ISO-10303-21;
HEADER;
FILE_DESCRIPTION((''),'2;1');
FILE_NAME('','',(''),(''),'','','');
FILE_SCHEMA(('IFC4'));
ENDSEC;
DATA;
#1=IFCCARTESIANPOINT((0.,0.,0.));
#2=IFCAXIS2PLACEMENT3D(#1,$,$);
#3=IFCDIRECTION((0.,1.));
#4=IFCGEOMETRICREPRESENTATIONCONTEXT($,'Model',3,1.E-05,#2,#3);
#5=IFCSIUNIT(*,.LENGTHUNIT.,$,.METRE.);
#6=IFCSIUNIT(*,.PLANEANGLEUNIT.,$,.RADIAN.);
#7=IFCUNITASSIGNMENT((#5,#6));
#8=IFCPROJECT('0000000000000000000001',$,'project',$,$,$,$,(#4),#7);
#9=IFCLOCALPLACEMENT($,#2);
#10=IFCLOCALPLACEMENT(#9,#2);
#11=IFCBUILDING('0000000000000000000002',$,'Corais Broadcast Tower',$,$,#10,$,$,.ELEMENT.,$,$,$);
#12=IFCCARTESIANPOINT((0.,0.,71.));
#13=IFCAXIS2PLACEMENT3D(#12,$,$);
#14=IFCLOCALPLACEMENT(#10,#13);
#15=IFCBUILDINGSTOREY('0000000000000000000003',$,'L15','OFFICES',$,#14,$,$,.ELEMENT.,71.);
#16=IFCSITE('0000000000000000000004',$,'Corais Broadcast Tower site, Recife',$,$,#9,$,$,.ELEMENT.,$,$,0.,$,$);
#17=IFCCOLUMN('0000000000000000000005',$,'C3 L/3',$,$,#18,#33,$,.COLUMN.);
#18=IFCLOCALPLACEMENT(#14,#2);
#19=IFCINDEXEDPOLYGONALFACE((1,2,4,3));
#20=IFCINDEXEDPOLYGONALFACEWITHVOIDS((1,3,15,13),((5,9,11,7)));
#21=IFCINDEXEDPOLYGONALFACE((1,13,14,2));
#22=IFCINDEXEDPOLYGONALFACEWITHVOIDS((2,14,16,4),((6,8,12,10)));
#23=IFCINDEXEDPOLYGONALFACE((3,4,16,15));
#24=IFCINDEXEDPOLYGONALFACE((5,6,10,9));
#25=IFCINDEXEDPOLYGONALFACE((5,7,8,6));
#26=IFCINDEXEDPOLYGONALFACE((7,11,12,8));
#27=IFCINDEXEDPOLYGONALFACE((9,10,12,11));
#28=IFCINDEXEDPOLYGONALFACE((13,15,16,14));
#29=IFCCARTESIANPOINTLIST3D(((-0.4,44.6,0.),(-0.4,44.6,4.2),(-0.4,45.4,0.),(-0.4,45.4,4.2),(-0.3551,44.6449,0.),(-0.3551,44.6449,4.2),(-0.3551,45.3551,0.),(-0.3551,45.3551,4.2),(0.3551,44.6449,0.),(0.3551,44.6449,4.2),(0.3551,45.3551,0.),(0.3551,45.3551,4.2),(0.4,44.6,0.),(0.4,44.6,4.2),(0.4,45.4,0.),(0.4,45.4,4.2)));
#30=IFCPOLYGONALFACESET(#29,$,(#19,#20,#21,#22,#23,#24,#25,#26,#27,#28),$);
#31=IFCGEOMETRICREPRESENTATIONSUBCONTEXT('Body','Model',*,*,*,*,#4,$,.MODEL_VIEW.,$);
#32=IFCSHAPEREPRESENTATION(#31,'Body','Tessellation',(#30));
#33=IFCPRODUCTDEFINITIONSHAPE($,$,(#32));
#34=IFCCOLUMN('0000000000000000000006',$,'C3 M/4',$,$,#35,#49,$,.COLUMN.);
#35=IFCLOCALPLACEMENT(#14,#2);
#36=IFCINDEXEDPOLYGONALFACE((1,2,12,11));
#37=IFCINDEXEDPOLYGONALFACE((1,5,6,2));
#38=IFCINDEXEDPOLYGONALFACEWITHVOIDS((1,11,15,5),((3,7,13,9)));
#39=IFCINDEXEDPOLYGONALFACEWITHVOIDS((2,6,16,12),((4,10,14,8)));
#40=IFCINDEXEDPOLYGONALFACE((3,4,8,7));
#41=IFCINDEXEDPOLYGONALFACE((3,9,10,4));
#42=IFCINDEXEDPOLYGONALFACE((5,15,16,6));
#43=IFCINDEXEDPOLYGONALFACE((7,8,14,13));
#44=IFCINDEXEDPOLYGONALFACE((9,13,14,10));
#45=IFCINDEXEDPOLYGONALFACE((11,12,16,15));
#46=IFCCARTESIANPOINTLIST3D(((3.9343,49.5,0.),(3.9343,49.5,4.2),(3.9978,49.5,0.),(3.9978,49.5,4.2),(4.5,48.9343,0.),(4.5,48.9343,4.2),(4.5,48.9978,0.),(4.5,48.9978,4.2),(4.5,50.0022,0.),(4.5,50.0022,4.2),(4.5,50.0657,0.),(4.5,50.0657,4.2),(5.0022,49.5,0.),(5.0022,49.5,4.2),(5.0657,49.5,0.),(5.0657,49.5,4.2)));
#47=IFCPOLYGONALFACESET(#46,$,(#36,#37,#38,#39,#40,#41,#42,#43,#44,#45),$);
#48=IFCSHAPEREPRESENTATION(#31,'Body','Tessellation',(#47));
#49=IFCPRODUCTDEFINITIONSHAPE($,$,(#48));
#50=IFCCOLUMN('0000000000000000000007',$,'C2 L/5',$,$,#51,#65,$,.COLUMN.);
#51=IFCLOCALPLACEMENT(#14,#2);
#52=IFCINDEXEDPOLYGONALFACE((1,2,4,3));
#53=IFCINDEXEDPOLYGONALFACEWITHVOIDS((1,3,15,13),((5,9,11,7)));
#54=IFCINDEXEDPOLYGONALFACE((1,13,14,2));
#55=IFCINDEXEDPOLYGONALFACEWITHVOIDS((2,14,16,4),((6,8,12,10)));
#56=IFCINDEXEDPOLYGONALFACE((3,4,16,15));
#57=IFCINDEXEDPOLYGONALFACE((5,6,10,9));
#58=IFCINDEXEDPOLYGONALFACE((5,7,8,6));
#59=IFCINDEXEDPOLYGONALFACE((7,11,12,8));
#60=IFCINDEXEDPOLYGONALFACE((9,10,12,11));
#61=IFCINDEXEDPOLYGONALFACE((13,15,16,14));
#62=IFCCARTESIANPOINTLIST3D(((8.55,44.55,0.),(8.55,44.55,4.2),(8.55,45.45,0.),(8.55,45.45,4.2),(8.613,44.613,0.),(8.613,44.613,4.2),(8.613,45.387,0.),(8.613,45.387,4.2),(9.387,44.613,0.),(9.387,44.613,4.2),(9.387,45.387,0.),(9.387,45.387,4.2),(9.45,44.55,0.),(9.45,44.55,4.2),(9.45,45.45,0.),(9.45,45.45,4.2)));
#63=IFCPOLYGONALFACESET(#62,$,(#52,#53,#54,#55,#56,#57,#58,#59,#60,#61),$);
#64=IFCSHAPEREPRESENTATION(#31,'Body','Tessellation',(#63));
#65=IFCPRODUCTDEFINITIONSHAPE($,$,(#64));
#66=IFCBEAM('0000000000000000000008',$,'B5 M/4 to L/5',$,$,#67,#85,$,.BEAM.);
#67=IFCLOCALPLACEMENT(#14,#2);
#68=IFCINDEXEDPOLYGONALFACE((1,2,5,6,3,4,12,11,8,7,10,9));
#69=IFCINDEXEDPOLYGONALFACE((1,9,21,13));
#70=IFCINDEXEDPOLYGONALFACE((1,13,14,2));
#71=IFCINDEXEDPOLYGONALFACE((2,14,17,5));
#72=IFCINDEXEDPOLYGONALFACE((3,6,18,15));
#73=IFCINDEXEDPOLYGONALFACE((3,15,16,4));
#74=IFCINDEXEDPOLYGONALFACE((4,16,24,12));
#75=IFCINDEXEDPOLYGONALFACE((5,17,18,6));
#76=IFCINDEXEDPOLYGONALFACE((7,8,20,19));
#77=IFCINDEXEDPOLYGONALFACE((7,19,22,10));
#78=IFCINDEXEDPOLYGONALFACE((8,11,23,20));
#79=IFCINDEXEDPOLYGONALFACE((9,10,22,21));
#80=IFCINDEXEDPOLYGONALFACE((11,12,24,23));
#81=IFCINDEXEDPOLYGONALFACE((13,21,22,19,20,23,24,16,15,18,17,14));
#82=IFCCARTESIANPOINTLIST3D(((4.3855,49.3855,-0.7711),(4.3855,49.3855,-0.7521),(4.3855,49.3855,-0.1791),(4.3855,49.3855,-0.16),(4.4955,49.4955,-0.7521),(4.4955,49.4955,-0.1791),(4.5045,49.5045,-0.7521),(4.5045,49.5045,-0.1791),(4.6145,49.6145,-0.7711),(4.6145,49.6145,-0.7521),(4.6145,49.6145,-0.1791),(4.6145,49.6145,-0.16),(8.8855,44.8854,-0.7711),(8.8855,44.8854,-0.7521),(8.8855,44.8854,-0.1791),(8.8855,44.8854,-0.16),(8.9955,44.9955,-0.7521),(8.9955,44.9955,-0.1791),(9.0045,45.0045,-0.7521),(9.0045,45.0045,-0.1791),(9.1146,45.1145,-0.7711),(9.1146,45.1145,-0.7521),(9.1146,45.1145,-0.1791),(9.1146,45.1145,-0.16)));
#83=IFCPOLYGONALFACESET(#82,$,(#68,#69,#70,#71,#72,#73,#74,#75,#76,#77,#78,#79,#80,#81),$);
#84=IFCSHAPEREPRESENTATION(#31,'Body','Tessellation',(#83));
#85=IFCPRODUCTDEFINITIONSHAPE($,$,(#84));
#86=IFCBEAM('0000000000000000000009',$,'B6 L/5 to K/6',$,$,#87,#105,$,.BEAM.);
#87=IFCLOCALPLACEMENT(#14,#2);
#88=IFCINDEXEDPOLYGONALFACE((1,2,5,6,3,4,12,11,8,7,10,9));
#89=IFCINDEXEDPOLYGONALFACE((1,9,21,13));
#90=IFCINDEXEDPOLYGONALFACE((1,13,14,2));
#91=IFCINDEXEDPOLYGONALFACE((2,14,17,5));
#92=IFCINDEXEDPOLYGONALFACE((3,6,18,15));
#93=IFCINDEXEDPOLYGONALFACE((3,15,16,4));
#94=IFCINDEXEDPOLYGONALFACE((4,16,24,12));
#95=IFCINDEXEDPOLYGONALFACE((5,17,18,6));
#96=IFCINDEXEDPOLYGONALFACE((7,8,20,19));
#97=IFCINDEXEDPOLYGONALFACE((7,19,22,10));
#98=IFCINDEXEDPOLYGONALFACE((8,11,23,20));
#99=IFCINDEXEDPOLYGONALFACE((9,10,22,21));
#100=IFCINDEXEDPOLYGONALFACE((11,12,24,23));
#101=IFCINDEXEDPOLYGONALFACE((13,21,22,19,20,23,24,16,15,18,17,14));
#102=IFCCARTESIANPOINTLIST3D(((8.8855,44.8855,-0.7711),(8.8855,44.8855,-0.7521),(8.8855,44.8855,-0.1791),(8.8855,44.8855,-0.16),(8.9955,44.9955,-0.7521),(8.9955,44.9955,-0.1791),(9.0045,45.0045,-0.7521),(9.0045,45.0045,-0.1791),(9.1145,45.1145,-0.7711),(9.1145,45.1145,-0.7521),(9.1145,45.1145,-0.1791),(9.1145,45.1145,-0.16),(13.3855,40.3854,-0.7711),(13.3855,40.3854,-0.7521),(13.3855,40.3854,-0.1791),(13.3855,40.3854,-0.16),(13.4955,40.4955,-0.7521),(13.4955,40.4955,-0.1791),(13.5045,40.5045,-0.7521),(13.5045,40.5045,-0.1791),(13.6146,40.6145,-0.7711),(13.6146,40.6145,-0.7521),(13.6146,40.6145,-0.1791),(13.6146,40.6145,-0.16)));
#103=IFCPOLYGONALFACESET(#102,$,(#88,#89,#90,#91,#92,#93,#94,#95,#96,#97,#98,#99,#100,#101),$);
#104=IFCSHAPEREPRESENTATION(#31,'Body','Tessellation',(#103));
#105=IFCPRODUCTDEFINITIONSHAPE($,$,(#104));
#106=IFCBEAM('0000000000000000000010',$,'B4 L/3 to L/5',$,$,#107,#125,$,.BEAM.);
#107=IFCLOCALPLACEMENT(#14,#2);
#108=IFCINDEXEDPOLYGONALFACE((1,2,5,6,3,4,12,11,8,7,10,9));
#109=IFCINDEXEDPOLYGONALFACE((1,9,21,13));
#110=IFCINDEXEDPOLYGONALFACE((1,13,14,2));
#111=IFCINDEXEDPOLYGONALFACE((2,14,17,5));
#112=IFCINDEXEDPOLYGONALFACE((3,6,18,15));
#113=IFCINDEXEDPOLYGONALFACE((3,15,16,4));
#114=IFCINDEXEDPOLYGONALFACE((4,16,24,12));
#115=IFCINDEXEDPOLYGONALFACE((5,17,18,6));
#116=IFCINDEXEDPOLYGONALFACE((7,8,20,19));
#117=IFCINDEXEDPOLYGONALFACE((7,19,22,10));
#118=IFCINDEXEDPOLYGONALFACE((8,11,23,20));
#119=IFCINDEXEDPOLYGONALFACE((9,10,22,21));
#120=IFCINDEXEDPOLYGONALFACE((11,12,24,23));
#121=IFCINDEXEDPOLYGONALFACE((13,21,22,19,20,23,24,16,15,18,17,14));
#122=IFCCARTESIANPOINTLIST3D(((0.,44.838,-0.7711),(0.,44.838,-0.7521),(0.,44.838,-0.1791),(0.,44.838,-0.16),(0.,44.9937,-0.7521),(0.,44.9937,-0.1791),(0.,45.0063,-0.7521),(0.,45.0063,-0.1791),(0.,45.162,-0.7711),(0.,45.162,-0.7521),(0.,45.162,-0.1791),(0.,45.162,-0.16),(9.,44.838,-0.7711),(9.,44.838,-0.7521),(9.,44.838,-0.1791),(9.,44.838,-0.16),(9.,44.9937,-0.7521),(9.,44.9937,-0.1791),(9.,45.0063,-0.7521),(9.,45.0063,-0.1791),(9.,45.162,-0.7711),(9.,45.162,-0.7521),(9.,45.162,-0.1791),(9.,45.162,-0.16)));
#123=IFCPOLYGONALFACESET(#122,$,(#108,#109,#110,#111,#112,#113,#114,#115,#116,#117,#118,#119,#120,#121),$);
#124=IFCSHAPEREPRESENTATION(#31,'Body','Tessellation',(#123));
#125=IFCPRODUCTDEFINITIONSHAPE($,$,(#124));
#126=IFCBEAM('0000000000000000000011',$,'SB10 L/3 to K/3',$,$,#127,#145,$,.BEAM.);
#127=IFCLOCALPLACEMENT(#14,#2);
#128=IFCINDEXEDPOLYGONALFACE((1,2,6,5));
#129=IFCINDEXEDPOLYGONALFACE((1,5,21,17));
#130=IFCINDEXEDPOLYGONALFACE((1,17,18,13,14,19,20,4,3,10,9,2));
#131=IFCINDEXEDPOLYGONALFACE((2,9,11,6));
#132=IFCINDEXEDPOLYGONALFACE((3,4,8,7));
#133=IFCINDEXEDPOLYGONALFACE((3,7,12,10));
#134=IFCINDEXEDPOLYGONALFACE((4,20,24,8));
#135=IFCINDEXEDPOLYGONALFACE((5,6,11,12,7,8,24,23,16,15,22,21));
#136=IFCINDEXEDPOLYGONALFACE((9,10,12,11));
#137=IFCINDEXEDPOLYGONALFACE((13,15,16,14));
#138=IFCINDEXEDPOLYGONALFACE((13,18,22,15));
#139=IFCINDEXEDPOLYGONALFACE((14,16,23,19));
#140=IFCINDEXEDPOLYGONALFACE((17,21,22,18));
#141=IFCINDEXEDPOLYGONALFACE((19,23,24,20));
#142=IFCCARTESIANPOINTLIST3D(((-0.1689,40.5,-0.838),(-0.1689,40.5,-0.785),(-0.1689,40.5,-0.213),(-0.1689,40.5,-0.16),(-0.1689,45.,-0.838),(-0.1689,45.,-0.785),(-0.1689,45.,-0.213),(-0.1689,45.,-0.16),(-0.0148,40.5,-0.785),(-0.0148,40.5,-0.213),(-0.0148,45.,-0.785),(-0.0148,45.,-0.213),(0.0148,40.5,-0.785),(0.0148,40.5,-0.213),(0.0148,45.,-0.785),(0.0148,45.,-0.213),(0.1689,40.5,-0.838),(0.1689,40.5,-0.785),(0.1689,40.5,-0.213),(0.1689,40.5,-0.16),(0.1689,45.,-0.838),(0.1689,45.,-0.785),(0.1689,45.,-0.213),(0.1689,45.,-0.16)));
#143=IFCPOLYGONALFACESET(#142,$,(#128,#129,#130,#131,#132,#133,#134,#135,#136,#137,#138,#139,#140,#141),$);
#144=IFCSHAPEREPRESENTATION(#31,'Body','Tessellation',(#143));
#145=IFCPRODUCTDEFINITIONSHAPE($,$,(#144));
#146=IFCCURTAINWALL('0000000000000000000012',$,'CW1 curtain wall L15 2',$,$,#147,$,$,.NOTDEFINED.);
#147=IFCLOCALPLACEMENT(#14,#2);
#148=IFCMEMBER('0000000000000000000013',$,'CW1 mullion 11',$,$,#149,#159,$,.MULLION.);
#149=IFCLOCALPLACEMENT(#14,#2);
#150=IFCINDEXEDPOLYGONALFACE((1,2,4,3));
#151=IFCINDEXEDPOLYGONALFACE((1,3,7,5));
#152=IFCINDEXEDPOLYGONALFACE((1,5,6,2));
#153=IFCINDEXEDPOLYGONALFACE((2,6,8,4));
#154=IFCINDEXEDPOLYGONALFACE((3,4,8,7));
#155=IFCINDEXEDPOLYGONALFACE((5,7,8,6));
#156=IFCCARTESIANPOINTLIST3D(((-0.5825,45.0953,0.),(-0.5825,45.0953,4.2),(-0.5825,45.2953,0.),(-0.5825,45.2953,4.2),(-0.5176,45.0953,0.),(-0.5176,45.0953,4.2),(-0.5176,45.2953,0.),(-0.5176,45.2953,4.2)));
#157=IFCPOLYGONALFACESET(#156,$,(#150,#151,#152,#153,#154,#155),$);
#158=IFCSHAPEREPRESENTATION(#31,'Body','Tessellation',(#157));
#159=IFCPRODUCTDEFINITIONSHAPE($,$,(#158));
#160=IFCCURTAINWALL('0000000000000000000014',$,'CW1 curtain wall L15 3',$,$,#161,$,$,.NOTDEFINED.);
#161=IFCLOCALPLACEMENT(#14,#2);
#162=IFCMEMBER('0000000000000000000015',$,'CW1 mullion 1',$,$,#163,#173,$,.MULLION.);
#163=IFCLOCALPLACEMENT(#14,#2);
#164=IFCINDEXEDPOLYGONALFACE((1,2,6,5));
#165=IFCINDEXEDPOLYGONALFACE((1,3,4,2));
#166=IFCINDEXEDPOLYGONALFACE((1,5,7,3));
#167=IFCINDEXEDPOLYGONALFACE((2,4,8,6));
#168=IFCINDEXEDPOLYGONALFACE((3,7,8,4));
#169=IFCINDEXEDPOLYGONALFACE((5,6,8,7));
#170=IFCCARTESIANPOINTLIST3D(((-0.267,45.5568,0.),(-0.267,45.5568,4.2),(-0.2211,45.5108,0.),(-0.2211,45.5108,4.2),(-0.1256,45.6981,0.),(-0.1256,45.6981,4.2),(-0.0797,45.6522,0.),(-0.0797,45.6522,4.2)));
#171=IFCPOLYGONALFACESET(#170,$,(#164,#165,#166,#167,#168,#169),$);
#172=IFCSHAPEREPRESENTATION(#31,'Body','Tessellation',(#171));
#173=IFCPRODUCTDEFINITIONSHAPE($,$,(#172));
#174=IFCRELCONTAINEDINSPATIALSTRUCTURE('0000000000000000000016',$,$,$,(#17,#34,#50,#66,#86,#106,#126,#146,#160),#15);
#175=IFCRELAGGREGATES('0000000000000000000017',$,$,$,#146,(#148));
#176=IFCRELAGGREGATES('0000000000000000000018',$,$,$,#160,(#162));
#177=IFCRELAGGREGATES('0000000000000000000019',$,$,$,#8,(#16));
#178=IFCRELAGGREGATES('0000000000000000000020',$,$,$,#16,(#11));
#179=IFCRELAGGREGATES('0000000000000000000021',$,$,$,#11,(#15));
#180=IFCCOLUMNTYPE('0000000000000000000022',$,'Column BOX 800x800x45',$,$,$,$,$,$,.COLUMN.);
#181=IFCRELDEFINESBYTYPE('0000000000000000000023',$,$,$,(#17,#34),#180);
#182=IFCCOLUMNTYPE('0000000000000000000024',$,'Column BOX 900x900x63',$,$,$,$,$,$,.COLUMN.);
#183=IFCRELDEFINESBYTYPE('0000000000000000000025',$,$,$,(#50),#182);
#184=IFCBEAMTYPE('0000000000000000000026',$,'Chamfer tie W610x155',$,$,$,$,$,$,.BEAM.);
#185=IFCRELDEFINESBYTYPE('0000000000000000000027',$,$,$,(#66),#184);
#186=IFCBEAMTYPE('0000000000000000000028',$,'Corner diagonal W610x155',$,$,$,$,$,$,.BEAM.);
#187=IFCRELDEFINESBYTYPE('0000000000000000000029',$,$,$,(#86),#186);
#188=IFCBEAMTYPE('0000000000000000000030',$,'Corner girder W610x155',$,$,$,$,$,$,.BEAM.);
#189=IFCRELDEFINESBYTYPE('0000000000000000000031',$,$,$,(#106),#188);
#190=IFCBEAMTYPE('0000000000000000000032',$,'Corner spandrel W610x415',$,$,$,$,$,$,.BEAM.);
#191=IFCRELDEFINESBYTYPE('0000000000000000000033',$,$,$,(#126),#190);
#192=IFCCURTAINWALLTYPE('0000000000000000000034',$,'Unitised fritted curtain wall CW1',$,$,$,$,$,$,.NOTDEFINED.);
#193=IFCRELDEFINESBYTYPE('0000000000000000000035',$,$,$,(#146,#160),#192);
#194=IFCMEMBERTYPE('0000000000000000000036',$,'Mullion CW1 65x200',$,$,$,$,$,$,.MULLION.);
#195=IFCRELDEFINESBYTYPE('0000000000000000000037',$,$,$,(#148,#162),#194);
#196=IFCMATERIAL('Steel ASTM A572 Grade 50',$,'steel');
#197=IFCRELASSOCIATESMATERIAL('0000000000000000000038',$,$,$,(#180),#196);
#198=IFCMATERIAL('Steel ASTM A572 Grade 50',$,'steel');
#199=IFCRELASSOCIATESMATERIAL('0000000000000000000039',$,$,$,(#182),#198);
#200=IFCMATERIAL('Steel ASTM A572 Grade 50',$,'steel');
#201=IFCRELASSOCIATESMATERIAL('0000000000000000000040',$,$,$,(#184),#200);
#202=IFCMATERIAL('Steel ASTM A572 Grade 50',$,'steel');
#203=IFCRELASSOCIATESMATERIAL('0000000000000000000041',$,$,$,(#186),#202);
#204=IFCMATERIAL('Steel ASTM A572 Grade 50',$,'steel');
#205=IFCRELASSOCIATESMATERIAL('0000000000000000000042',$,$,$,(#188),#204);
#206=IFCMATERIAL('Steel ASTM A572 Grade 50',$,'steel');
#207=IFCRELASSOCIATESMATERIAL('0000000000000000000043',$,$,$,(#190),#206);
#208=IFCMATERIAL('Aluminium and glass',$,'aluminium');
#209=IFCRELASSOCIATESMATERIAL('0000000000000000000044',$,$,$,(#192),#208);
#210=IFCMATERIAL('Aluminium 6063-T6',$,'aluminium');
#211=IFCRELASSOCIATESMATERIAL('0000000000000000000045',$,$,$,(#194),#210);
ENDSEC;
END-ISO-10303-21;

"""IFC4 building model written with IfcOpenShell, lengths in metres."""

from ifc_helpers import new_model, si_unit, direction, frame, origin, origin_2d, place, context, subcontext, project, spatial, rectangle, hollow_rectangle, i_section, extrude, material, material_profile, profile_set, type_object, element, aggregate, save


model = new_model("IFC4")

# Units and contexts
model_context = context("Model", 3, precision=1e-05, world=origin(), true_north=direction((0.0, 1.0)))
body_context = subcontext(model_context, "Body", "Model", "MODEL_VIEW")
ifc_project = project(units=[si_unit("LENGTHUNIT", "METRE"), si_unit("PLANEANGLEUNIT", "RADIAN")], contexts=[model_context])

# Site, building, storey
site_placement = place(None, origin())
site = spatial("IfcSite", under=ifc_project, at=site_placement, Name="Corais Broadcast Tower site, Recife", CompositionType="ELEMENT", RefElevation=0.0)
building_placement = place(site_placement, origin())
building = spatial("IfcBuilding", under=site, at=building_placement, Name="Corais Broadcast Tower", CompositionType="ELEMENT")
storey_placement = place(building_placement, frame((0.0, 0.0, 71.0)))
storey = spatial("IfcBuildingStorey", under=building, at=storey_placement, Name="L15", Description="OFFICES", CompositionType="ELEMENT", Elevation=71.0)

# Columns
ifc_material_1 = material(Name="Steel ASTM A572 Grade 50", Category="steel")
ifc_material_profile_1 = material_profile(ifc_material_1, hollow_rectangle(XDim=0.8, YDim=0.8, WallThickness=0.0449, at=origin_2d()), Name="BOX 800x800x45")
ifc_profile_set_1 = profile_set([ifc_material_profile_1], Name="Steel ASTM A572 Grade 50")
column_type_1 = type_object("IfcColumnType", Name="Column BOX 800x800x45", PredefinedType="COLUMN", material=ifc_profile_set_1)
for number, where, z_axis, x_axis, name in (
    (1, (0.0, 45.0, 0.0), (0.0, 0.0, 1.0), (1.0, 0.0, 0.0), "C3 L/3"),
    (2, (4.5, 49.5, 0.0), (0.0, 0.0, 1.0), (0.707107, 0.707107, 0.0), "C3 M/4"),
):
    element("IfcColumn", number, at=place(storey_placement, frame(where, z_axis=z_axis, x_axis=x_axis)), inside=storey, type_object=column_type_1, Name=name, PredefinedType="COLUMN", context=body_context, shape_type="SweptSolid", body=[
        extrude(hollow_rectangle(XDim=0.8, YDim=0.8, WallThickness=0.0449, at=origin_2d()), origin(), (0.0, 0.0, 1.0), 4.2),
    ])
ifc_material_2 = material(Name="Steel ASTM A572 Grade 50", Category="steel")
ifc_material_profile_2 = material_profile(ifc_material_2, hollow_rectangle(XDim=0.8999, YDim=0.8999, WallThickness=0.063, at=origin_2d()), Name="BOX 900x900x63")
ifc_profile_set_2 = profile_set([ifc_material_profile_2], Name="Steel ASTM A572 Grade 50")
column_type_2 = type_object("IfcColumnType", Name="Column BOX 900x900x63", PredefinedType="COLUMN", material=ifc_profile_set_2)
column_placement = place(storey_placement, frame((9.0, 45.0, 0.0), z_axis=(0.0, 0.0, 1.0), x_axis=(1.0, 0.0, 0.0)))
element("IfcColumn", 3, at=column_placement, inside=storey, type_object=column_type_2, Name="C2 L/5", PredefinedType="COLUMN", context=body_context, shape_type="SweptSolid", body=[
    extrude(hollow_rectangle(XDim=0.8999, YDim=0.8999, WallThickness=0.063, at=origin_2d()), origin(), (0.0, 0.0, 1.0), 4.2),
])

# Beams
ifc_material_3 = material(Name="Steel ASTM A572 Grade 50", Category="steel")
ifc_material_profile_3 = material_profile(ifc_material_3, i_section(OverallWidth=0.324, OverallDepth=0.6111, WebThickness=0.0127, FlangeThickness=0.019, at=origin_2d()), Name="W610x155")
ifc_profile_set_3 = profile_set([ifc_material_profile_3], Name="Steel ASTM A572 Grade 50")
beam_type_1 = type_object("IfcBeamType", Name="Chamfer tie W610x155", PredefinedType="BEAM", material=ifc_profile_set_3)
beam_1_placement = place(storey_placement, frame((4.5, 49.5, -0.4656), z_axis=(0.707107, -0.707107, 0.0), x_axis=(0.707107, 0.707107, 0.0)))
element("IfcBeam", 4, at=beam_1_placement, inside=storey, type_object=beam_type_1, Name="B5 M/4 to L/5", PredefinedType="BEAM", context=body_context, shape_type="SweptSolid", body=[
    extrude(i_section(OverallWidth=0.324, OverallDepth=0.6111, WebThickness=0.0127, FlangeThickness=0.019, at=origin_2d()), origin(), (0.0, 0.0, 1.0), 6.364),
])
ifc_material_4 = material(Name="Steel ASTM A572 Grade 50", Category="steel")
ifc_material_profile_4 = material_profile(ifc_material_4, i_section(OverallWidth=0.324, OverallDepth=0.6111, WebThickness=0.0127, FlangeThickness=0.019, at=origin_2d()), Name="W610x155")
ifc_profile_set_4 = profile_set([ifc_material_profile_4], Name="Steel ASTM A572 Grade 50")
beam_type_2 = type_object("IfcBeamType", Name="Corner diagonal W610x155", PredefinedType="BEAM", material=ifc_profile_set_4)
beam_2_placement = place(storey_placement, frame((9.0, 45.0, -0.4656), z_axis=(0.707107, -0.707107, 0.0), x_axis=(0.707107, 0.707107, 0.0)))
element("IfcBeam", 5, at=beam_2_placement, inside=storey, type_object=beam_type_2, Name="B6 L/5 to K/6", PredefinedType="BEAM", context=body_context, shape_type="SweptSolid", body=[
    extrude(i_section(OverallWidth=0.324, OverallDepth=0.6111, WebThickness=0.0127, FlangeThickness=0.019, at=origin_2d()), origin(), (0.0, 0.0, 1.0), 6.364),
])
ifc_material_5 = material(Name="Steel ASTM A572 Grade 50", Category="steel")
ifc_material_profile_5 = material_profile(ifc_material_5, i_section(OverallWidth=0.324, OverallDepth=0.6111, WebThickness=0.0127, FlangeThickness=0.019, at=origin_2d()), Name="W610x155")
ifc_profile_set_5 = profile_set([ifc_material_profile_5], Name="Steel ASTM A572 Grade 50")
beam_type_3 = type_object("IfcBeamType", Name="Corner girder W610x155", PredefinedType="BEAM", material=ifc_profile_set_5)
beam_3_placement = place(storey_placement, frame((0.0, 45.0, -0.4656), z_axis=(1.0, 0.0, 0.0), x_axis=(0.0, 1.0, 0.0)))
element("IfcBeam", 6, at=beam_3_placement, inside=storey, type_object=beam_type_3, Name="B4 L/3 to L/5", PredefinedType="BEAM", context=body_context, shape_type="SweptSolid", body=[
    extrude(i_section(OverallWidth=0.324, OverallDepth=0.6111, WebThickness=0.0127, FlangeThickness=0.019, at=origin_2d()), origin(), (0.0, 0.0, 1.0), 9.0),
])
ifc_material_6 = material(Name="Steel ASTM A572 Grade 50", Category="steel")
ifc_material_profile_6 = material_profile(ifc_material_6, i_section(OverallWidth=0.3379, OverallDepth=0.678, WebThickness=0.0295, FlangeThickness=0.053, at=origin_2d()), Name="W610x415")
ifc_profile_set_6 = profile_set([ifc_material_profile_6], Name="Steel ASTM A572 Grade 50")
beam_type_4 = type_object("IfcBeamType", Name="Corner spandrel W610x415", PredefinedType="BEAM", material=ifc_profile_set_6)
beam_4_placement = place(storey_placement, frame((0.0, 45.0, -0.499), z_axis=(0.0, -1.0, 0.0), x_axis=(1.0, 0.0, 0.0)))
element("IfcBeam", 7, at=beam_4_placement, inside=storey, type_object=beam_type_4, Name="SB10 L/3 to K/3", PredefinedType="BEAM", context=body_context, shape_type="SweptSolid", body=[
    extrude(i_section(OverallWidth=0.3379, OverallDepth=0.678, WebThickness=0.0295, FlangeThickness=0.053, at=origin_2d()), origin(), (0.0, 0.0, 1.0), 4.5),
])

# Curtain wall, member
ifc_material_7 = material(Name="Aluminium and glass", Category="aluminium")
curtain_wall_type = type_object("IfcCurtainWallType", Name="Unitised fritted curtain wall CW1", PredefinedType="NOTDEFINED", material=ifc_material_7)
curtain_wall_1_placement = place(storey_placement, origin())
curtain_wall_1 = element("IfcCurtainWall", 8, at=curtain_wall_1_placement, inside=storey, type_object=curtain_wall_type, Name="CW1 curtain wall L15 2", PredefinedType="NOTDEFINED")
ifc_material_8 = material(Name="Aluminium 6063-T6", Category="aluminium")
ifc_material_profile_7 = material_profile(ifc_material_8, rectangle(XDim=0.0649, YDim=0.2, at=origin_2d()), Name="Mullion CW1 65x200")
ifc_profile_set_7 = profile_set([ifc_material_profile_7], Name="Aluminium 6063-T6")
member_type_1 = type_object("IfcMemberType", Name="Mullion CW1 65x200", PredefinedType="MULLION", material=ifc_profile_set_7)
member_1_placement = place(storey_placement, frame((-0.55, 45.1953, 0.0), z_axis=(0.0, 0.0, 1.0), x_axis=(-1.0, 0.0, 0.0)))
member_1 = element("IfcMember", 9, at=member_1_placement, type_object=member_type_1, Name="CW1 mullion 11", PredefinedType="MULLION", context=body_context, shape_type="SweptSolid", body=[
    extrude(rectangle(XDim=0.0649, YDim=0.2, at=origin_2d()), origin(), (0.0, 0.0, 1.0), 4.2),
])
aggregate(curtain_wall_1, [member_1])

# Curtain wall, member
curtain_wall_2_placement = place(storey_placement, origin())
curtain_wall_2 = element("IfcCurtainWall", 10, at=curtain_wall_2_placement, inside=storey, type_object=curtain_wall_type, Name="CW1 curtain wall L15 3", PredefinedType="NOTDEFINED")
member_2_placement = place(storey_placement, frame((-0.1733, 45.6045, 0.0), z_axis=(0.0, 0.0, 1.0), x_axis=(-0.707107, 0.707107, 0.0)))
member_2 = element("IfcMember", 11, at=member_2_placement, type_object=member_type_1, Name="CW1 mullion 1", PredefinedType="MULLION", context=body_context, shape_type="SweptSolid", body=[
    extrude(rectangle(XDim=0.0649, YDim=0.2, at=origin_2d()), origin(), (0.0, 0.0, 1.0), 4.2),
])

aggregate(curtain_wall_2, [member_2])

save(model, "model.ifc")
